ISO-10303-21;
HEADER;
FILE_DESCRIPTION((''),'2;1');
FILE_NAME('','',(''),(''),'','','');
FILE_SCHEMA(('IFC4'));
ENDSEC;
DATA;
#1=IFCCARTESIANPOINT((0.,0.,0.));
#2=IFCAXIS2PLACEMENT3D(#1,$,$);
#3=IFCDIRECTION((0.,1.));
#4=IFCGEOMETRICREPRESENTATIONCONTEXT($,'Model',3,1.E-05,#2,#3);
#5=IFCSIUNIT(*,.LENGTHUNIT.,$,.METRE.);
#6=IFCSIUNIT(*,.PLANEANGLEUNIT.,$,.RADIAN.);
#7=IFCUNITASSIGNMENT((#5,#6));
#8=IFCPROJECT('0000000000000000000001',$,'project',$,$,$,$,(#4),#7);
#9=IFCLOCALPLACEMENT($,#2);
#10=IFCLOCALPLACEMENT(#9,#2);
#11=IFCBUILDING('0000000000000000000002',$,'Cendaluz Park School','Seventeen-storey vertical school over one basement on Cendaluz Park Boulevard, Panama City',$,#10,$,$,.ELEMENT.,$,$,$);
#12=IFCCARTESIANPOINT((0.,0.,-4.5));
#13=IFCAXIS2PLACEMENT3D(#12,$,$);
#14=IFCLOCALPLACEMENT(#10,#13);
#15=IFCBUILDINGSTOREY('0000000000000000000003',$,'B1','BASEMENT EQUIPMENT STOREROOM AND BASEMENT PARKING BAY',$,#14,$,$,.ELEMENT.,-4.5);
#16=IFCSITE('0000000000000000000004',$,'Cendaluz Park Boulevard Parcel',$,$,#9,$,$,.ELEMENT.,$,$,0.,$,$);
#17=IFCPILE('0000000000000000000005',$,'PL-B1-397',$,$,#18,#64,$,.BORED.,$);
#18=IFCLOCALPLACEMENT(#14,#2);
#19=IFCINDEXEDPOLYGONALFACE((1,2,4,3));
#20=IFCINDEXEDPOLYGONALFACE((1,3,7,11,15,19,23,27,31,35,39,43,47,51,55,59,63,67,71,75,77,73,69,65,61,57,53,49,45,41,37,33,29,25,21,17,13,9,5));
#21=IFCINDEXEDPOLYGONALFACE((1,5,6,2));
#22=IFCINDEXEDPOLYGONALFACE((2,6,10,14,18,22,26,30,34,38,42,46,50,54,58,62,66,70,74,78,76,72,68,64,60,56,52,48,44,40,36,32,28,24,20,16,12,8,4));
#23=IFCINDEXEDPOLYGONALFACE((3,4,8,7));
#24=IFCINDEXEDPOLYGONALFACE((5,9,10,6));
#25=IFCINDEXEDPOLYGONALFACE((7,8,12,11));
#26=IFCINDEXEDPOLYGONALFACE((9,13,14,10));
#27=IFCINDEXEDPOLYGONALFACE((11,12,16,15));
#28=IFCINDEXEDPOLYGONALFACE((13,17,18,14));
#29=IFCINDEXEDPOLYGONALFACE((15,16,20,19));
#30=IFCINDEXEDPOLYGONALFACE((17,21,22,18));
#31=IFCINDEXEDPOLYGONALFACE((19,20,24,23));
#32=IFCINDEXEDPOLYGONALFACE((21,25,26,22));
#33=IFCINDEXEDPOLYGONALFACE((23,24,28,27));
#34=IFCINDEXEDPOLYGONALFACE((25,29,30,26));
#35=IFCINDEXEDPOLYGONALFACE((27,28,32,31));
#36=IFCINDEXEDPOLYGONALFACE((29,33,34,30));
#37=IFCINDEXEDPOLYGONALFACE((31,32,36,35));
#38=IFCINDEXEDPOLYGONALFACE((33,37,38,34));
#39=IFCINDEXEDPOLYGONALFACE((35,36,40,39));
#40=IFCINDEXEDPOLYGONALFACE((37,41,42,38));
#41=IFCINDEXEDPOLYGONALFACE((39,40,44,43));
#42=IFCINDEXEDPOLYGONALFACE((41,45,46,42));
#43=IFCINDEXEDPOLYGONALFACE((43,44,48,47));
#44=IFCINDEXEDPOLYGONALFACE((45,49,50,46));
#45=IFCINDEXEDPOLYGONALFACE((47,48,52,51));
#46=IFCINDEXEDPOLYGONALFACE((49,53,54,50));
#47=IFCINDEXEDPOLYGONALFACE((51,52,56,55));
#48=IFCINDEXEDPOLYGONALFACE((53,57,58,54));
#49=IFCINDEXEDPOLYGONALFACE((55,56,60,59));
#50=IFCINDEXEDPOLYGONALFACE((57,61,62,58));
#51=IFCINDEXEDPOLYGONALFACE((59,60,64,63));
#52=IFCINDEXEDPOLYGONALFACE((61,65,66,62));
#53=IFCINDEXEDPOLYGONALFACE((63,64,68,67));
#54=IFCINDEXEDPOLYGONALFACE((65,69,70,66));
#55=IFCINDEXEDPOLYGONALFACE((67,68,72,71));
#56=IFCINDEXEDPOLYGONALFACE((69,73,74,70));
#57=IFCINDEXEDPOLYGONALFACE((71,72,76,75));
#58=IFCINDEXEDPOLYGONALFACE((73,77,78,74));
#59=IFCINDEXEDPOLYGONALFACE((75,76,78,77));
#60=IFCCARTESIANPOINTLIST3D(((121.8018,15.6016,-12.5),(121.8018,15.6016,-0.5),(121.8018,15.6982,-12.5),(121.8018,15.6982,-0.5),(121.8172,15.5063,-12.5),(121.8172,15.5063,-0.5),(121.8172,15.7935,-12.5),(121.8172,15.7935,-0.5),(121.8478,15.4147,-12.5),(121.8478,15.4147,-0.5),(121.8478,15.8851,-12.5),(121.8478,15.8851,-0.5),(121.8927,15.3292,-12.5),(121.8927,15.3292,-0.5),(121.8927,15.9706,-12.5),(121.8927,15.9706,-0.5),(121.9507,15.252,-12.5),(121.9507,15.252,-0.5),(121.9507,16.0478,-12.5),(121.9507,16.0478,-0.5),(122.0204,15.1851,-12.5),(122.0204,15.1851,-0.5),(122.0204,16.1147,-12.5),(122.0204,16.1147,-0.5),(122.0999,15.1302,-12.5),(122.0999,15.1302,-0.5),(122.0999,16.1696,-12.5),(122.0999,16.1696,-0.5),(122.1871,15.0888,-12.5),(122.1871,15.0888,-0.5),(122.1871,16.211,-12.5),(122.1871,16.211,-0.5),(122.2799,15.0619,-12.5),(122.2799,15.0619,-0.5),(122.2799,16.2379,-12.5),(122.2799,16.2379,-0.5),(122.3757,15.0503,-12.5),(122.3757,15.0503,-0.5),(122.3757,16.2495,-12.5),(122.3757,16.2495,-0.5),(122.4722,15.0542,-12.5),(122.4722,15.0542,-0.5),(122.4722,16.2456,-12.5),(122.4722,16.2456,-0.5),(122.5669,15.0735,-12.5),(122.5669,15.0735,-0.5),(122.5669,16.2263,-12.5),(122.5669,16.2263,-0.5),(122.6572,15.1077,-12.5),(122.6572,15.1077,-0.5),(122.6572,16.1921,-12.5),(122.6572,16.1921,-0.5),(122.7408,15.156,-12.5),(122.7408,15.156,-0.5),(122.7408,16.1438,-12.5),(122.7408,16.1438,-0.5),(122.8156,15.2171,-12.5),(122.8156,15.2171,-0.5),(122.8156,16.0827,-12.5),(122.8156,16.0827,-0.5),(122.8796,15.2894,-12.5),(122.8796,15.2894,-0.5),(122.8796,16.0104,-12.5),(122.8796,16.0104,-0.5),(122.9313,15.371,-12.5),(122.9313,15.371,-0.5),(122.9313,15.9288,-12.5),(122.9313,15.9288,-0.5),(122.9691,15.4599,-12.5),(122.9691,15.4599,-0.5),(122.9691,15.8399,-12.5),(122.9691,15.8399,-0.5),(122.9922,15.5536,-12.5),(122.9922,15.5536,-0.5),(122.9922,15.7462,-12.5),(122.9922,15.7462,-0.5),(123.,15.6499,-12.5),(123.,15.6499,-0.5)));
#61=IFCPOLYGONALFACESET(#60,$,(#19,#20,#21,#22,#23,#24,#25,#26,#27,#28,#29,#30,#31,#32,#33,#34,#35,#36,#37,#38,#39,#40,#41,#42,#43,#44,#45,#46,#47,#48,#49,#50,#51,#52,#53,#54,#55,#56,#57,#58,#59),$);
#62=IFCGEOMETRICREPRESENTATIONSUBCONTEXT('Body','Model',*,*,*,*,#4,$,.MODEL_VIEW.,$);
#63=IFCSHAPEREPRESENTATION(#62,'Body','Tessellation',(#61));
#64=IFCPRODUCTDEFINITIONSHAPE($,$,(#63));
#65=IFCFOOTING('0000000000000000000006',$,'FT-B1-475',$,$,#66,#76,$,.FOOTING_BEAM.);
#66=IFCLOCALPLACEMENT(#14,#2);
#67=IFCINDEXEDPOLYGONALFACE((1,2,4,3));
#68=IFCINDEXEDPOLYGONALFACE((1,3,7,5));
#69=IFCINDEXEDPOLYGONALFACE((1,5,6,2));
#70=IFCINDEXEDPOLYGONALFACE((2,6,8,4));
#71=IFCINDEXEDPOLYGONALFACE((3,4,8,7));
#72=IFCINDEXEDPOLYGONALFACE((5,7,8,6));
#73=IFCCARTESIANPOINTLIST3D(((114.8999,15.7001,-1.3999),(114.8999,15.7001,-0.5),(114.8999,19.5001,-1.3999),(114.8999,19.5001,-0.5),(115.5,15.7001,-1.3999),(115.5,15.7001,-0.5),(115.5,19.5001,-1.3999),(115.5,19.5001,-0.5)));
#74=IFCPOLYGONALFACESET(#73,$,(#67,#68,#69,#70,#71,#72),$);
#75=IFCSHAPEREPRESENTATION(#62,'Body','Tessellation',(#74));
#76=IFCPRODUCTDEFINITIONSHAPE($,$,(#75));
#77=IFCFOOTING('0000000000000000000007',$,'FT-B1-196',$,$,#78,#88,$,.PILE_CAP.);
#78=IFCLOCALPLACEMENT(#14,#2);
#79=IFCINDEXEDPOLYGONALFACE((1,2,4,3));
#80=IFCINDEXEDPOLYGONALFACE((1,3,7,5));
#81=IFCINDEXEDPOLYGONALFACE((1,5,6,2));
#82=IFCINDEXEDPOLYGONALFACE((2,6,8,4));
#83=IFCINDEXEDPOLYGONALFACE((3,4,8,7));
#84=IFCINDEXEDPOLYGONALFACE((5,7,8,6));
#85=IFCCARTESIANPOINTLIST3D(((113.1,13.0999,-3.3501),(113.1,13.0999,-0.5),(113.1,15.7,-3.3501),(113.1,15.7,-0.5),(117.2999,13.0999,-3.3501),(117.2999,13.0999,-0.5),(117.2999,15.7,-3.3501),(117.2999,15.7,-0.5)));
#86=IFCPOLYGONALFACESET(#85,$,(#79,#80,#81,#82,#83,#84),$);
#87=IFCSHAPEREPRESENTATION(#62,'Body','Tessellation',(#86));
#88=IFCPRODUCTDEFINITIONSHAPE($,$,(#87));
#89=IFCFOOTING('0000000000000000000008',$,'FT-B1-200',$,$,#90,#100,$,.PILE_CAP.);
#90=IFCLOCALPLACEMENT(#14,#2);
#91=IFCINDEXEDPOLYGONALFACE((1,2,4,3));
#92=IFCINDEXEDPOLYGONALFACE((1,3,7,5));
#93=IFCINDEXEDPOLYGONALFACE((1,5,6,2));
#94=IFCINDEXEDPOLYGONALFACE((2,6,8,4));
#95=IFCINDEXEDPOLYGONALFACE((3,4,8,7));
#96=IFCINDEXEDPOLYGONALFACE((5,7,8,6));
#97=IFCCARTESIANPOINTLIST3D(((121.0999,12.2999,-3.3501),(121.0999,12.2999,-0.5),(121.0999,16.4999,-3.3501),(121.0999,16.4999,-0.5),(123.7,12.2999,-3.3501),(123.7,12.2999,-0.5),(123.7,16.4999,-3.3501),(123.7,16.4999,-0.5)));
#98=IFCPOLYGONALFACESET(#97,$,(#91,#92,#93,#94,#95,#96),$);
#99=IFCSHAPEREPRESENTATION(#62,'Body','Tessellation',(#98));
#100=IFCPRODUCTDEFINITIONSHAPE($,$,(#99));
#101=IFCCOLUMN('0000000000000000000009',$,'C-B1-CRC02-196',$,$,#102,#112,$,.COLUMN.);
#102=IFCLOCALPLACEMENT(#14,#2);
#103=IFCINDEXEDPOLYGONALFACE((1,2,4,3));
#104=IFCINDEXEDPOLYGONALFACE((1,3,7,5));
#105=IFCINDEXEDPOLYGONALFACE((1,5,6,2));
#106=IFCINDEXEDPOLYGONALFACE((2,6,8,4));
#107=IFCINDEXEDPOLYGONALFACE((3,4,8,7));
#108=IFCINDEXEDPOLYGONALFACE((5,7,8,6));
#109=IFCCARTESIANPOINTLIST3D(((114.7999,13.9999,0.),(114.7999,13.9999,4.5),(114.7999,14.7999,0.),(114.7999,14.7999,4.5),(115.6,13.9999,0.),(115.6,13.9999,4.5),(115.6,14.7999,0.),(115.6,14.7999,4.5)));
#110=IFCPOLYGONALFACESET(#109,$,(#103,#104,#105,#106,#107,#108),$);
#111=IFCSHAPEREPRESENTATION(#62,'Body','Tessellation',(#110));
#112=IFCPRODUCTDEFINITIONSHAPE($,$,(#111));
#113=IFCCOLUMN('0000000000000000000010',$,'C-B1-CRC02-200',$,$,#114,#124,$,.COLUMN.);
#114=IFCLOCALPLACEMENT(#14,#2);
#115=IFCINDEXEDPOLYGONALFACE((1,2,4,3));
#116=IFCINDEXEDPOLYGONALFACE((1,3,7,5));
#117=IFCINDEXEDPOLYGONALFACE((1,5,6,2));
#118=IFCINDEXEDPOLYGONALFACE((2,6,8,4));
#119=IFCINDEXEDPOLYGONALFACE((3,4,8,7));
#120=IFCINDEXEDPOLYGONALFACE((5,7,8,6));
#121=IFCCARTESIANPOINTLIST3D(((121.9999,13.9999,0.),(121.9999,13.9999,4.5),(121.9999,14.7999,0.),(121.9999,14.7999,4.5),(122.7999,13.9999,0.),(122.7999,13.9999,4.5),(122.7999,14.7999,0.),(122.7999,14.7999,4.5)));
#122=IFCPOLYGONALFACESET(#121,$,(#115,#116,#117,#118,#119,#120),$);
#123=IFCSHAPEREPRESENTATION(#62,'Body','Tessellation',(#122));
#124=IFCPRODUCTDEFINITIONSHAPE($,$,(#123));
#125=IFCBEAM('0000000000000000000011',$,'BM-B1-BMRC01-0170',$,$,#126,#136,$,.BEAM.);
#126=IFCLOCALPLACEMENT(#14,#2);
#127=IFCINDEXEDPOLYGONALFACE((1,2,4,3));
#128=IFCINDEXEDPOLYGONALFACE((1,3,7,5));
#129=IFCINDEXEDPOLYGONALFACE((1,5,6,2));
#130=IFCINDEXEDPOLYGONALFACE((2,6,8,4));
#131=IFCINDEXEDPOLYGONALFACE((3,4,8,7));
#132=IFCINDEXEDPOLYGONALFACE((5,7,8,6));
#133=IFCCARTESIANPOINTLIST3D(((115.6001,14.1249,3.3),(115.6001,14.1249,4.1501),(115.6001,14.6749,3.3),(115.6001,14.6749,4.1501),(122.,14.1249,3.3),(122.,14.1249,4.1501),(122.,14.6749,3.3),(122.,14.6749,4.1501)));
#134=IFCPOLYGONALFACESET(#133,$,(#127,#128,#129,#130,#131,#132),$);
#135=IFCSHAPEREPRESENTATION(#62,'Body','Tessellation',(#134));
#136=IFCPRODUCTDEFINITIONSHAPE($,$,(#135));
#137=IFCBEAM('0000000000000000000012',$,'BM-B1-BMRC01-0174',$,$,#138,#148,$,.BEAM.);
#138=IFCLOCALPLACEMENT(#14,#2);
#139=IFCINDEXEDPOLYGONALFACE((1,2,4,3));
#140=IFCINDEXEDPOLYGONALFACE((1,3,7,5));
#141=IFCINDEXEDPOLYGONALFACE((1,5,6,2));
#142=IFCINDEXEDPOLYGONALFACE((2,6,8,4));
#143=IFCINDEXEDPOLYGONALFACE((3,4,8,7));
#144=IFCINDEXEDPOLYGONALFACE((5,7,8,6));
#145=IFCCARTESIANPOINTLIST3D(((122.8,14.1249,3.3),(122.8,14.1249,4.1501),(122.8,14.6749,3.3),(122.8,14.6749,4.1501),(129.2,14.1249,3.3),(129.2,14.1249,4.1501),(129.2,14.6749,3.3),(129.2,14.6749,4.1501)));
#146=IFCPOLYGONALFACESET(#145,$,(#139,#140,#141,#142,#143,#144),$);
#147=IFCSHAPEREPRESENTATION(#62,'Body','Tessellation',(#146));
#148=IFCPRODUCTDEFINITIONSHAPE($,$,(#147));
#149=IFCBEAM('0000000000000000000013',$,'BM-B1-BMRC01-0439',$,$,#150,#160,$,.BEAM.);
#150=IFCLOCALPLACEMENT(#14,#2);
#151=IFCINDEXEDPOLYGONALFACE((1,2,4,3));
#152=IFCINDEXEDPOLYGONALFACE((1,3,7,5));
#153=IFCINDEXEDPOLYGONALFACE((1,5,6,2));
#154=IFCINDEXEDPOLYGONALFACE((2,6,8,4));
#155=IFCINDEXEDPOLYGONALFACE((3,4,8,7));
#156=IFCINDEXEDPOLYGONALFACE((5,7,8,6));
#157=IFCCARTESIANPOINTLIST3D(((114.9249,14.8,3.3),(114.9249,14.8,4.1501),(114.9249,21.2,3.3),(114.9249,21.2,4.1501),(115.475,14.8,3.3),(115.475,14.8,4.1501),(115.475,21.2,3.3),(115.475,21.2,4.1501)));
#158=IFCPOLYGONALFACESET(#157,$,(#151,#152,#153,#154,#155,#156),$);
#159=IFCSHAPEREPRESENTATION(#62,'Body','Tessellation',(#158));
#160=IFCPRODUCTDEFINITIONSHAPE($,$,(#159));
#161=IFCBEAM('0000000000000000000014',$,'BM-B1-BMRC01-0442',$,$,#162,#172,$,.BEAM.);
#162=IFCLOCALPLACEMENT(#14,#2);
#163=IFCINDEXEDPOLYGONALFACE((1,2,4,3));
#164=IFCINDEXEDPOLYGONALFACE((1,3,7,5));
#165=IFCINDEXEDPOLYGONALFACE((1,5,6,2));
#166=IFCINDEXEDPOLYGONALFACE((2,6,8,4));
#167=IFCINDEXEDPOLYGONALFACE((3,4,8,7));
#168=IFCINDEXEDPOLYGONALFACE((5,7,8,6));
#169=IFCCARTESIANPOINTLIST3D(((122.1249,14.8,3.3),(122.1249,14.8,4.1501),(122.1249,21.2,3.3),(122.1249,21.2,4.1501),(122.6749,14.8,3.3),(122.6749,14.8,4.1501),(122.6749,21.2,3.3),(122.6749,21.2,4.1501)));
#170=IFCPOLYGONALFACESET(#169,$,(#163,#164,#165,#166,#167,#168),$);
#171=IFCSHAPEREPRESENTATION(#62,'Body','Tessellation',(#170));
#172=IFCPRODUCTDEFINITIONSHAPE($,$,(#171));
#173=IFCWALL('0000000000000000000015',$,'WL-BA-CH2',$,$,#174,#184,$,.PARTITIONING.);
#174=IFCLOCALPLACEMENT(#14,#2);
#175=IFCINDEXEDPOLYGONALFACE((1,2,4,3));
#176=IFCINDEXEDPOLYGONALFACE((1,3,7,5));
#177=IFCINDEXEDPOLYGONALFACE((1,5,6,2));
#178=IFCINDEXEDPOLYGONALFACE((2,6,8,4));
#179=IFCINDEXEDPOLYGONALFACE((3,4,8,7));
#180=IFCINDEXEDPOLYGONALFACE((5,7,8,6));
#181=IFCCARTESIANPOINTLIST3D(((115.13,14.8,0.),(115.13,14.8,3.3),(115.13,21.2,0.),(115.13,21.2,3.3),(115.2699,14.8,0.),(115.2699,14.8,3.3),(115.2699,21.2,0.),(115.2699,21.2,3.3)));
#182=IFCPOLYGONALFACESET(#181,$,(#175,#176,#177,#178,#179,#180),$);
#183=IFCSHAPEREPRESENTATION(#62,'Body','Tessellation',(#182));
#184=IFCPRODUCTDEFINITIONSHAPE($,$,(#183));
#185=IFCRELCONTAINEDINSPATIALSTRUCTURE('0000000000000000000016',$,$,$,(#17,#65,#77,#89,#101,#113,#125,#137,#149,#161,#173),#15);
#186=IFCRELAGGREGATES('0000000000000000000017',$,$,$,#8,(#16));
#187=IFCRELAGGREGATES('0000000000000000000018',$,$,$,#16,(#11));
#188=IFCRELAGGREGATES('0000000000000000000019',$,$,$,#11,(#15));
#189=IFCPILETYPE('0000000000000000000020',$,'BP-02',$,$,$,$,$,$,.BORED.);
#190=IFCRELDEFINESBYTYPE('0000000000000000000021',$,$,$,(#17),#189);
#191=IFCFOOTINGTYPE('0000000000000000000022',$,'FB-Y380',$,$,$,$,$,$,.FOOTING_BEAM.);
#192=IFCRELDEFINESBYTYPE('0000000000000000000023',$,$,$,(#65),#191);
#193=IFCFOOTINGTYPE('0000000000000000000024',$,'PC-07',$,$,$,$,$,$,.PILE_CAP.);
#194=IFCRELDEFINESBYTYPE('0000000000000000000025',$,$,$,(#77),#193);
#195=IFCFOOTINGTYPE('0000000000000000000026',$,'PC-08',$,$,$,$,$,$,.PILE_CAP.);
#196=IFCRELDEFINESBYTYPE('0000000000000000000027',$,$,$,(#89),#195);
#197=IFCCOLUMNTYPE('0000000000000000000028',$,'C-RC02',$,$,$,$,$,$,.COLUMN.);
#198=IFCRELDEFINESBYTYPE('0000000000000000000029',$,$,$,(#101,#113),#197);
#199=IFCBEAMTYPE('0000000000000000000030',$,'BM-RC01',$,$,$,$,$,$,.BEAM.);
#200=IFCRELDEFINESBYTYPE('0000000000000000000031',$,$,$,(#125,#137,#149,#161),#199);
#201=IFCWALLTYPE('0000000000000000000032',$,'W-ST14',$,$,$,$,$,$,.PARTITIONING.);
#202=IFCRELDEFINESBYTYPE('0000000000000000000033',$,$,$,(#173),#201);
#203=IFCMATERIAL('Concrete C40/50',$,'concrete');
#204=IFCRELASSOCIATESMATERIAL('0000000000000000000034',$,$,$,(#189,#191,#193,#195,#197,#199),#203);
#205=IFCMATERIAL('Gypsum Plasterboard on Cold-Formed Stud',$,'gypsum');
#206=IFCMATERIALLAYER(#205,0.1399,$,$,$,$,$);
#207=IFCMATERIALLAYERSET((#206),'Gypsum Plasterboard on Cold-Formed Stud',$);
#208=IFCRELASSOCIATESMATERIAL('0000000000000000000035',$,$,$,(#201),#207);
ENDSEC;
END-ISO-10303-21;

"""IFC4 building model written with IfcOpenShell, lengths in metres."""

from ifc_helpers import new_model, si_unit, direction, frame, frame_2d, origin, origin_2d, place, context, subcontext, project, spatial, rectangle, circle, extrude, material, layer, layer_set, material_profile, profile_set, type_object, element, save


model = new_model("IFC4")

# Units and contexts
model_context = context("Model", 3, precision=1e-05, world=origin(), true_north=direction((0.0, 1.0)))
body_context = subcontext(model_context, "Body", "Model", "MODEL_VIEW")
ifc_project = project(units=[si_unit("LENGTHUNIT", "METRE"), si_unit("PLANEANGLEUNIT", "RADIAN")], contexts=[model_context])

# Site, building, storey
site_placement = place(None, origin())
site = spatial("IfcSite", under=ifc_project, at=site_placement, Name="Cendaluz Park Boulevard Parcel", CompositionType="ELEMENT", RefElevation=0.0)
building_placement = place(site_placement, origin())
building = spatial("IfcBuilding", under=site, at=building_placement, Name="Cendaluz Park School", Description="Seventeen-storey vertical school over one basement on Cendaluz Park Boulevard, Panama City", CompositionType="ELEMENT")
storey_placement = place(building_placement, frame((0.0, 0.0, -4.5)))
storey = spatial("IfcBuildingStorey", under=building, at=storey_placement, Name="B1", Description="BASEMENT EQUIPMENT STOREROOM AND BASEMENT PARKING BAY", CompositionType="ELEMENT", Elevation=-4.5)

# Pile
ifc_material_1 = material(Name="Concrete C40/50", Category="concrete")
ifc_material_profile_1 = material_profile(ifc_material_1, circle(Radius=0.6001, at=origin_2d()), Name="BP D1200", Category="concrete")
ifc_profile_set_1 = profile_set([ifc_material_profile_1], Name="Concrete C40/50")
pile_type = type_object("IfcPileType", Name="BP-02", PredefinedType="BORED", material=ifc_profile_set_1)
for number, where, z_axis, x_axis, name in (
    (1, (122.3999, 15.6499, -0.5), (0.0, 0.0, -1.0), (1.0, 0.0, 0.0), "PL-B1-397"),
):
    element("IfcPile", number, at=place(storey_placement, frame(where, z_axis=z_axis, x_axis=x_axis)), inside=storey, type_object=pile_type, Name=name, PredefinedType="BORED", context=body_context, shape_type="SweptSolid", body=[
        extrude(circle(Radius=0.6001, at=origin_2d()), origin(), (0.0, 0.0, 1.0), 12.0),
    ])

# Footings
footing_type_1 = type_object("IfcFootingType", Name="FB-Y380", PredefinedType="FOOTING_BEAM", material=ifc_material_1)
footing_1_placement = place(storey_placement, frame((115.2, 17.6001, -1.3999), z_axis=(0.0, 0.0, 1.0), x_axis=(1.0, 0.0, 0.0)))
element("IfcFooting", 2, at=footing_1_placement, inside=storey, type_object=footing_type_1, Name="FT-B1-475", PredefinedType="FOOTING_BEAM", context=body_context, shape_type="SweptSolid", body=[
    extrude(rectangle(XDim=0.6001, YDim=3.8, at=origin_2d()), origin(), (0.0, 0.0, 1.0), 0.8999),
])
footing_type_2 = type_object("IfcFootingType", Name="PC-07", PredefinedType="PILE_CAP", material=ifc_material_1)
footing_2_placement = place(storey_placement, frame((115.2, 14.3999, -3.3501), z_axis=(0.0, 0.0, 1.0), x_axis=(1.0, 0.0, 0.0)))
element("IfcFooting", 3, at=footing_2_placement, inside=storey, type_object=footing_type_2, Name="FT-B1-196", PredefinedType="PILE_CAP", context=body_context, shape_type="SweptSolid", body=[
    extrude(rectangle(XDim=4.2, YDim=2.6001, at=origin_2d()), origin(), (0.0, 0.0, 1.0), 2.8501),
])
footing_type_3 = type_object("IfcFootingType", Name="PC-08", PredefinedType="PILE_CAP", material=ifc_material_1)
footing_3_placement = place(storey_placement, frame((122.3999, 14.3999, -3.3501), z_axis=(0.0, 0.0, 1.0), x_axis=(1.0, 0.0, 0.0)))
element("IfcFooting", 4, at=footing_3_placement, inside=storey, type_object=footing_type_3, Name="FT-B1-200", PredefinedType="PILE_CAP", context=body_context, shape_type="SweptSolid", body=[
    extrude(rectangle(XDim=2.6001, YDim=4.2, at=origin_2d()), origin(), (0.0, 0.0, 1.0), 2.8501),
])

# Columns
ifc_material_profile_2 = material_profile(ifc_material_1, rectangle(XDim=0.8, YDim=0.8, at=origin_2d()), Name="RC 800x800", Category="concrete")
ifc_profile_set_2 = profile_set([ifc_material_profile_2], Name="Concrete C40/50")
column_type = type_object("IfcColumnType", Name="C-RC02", PredefinedType="COLUMN", material=ifc_profile_set_2)
for number, where, z_axis, x_axis, name in (
    (5, (115.2, 14.3999, 0.0), (0.0, 0.0, 1.0), (1.0, 0.0, 0.0), "C-B1-CRC02-196"),
    (6, (122.3999, 14.3999, 0.0), (0.0, 0.0, 1.0), (1.0, 0.0, 0.0), "C-B1-CRC02-200"),
):
    element("IfcColumn", number, at=place(storey_placement, frame(where, z_axis=z_axis, x_axis=x_axis)), inside=storey, type_object=column_type, Name=name, PredefinedType="COLUMN", context=body_context, shape_type="SweptSolid", body=[
        extrude(rectangle(XDim=0.8, YDim=0.8, at=origin_2d()), origin(), (0.0, 0.0, 1.0), 4.5),
    ])

# Beams
ifc_material_profile_3 = material_profile(ifc_material_1, rectangle(XDim=0.55, YDim=0.8501, at=origin_2d()), Name="RC 550x850", Category="concrete")
ifc_profile_set_3 = profile_set([ifc_material_profile_3], Name="Concrete C40/50")
beam_type = type_object("IfcBeamType", Name="BM-RC01", PredefinedType="BEAM", material=ifc_profile_set_3)
for number, where, z_axis, x_axis, name in (
    (7, (115.6001, 14.3999, 3.7251), (1.0, 0.0, 0.0), (0.0, 1.0, 0.0), "BM-B1-BMRC01-0170"),
    (8, (122.8, 14.3999, 3.7251), (1.0, 0.0, 0.0), (0.0, 1.0, 0.0), "BM-B1-BMRC01-0174"),
    (9, (115.2, 14.8, 3.7251), (0.0, 1.0, 0.0), (-1.0, 0.0, 0.0), "BM-B1-BMRC01-0439"),
    (10, (122.3999, 14.8, 3.7251), (0.0, 1.0, 0.0), (-1.0, 0.0, 0.0), "BM-B1-BMRC01-0442"),
):
    element("IfcBeam", number, at=place(storey_placement, frame(where, z_axis=z_axis, x_axis=x_axis)), inside=storey, type_object=beam_type, Name=name, PredefinedType="BEAM", context=body_context, shape_type="SweptSolid", body=[
        extrude(rectangle(XDim=0.55, YDim=0.8501, at=origin_2d()), origin(), (0.0, 0.0, 1.0), 6.3999),
    ])

# Wall
ifc_material_2 = material(Name="Gypsum Plasterboard on Cold-Formed Stud", Category="gypsum")
ifc_layer = layer(ifc_material_2, 0.1399)
ifc_layer_set = layer_set([ifc_layer], Name="Gypsum Plasterboard on Cold-Formed Stud")
wall_type = type_object("IfcWallType", Name="W-ST14", PredefinedType="PARTITIONING", material=ifc_layer_set)
wall_1_placement = place(storey_placement, frame((115.2, 14.8, 0.0), z_axis=(0.0, 0.0, 1.0), x_axis=(0.0, 1.0, 0.0)))
element("IfcWall", 11, at=wall_1_placement, inside=storey, type_object=wall_type, Name="WL-BA-CH2", PredefinedType="PARTITIONING", context=body_context, shape_type="SweptSolid", body=[
    extrude(rectangle(XDim=6.3999, YDim=0.1399, at=frame_2d((3.2, 0.0))), origin(), (0.0, 0.0, 1.0), 3.3),
])

save(model, "model.ifc")
